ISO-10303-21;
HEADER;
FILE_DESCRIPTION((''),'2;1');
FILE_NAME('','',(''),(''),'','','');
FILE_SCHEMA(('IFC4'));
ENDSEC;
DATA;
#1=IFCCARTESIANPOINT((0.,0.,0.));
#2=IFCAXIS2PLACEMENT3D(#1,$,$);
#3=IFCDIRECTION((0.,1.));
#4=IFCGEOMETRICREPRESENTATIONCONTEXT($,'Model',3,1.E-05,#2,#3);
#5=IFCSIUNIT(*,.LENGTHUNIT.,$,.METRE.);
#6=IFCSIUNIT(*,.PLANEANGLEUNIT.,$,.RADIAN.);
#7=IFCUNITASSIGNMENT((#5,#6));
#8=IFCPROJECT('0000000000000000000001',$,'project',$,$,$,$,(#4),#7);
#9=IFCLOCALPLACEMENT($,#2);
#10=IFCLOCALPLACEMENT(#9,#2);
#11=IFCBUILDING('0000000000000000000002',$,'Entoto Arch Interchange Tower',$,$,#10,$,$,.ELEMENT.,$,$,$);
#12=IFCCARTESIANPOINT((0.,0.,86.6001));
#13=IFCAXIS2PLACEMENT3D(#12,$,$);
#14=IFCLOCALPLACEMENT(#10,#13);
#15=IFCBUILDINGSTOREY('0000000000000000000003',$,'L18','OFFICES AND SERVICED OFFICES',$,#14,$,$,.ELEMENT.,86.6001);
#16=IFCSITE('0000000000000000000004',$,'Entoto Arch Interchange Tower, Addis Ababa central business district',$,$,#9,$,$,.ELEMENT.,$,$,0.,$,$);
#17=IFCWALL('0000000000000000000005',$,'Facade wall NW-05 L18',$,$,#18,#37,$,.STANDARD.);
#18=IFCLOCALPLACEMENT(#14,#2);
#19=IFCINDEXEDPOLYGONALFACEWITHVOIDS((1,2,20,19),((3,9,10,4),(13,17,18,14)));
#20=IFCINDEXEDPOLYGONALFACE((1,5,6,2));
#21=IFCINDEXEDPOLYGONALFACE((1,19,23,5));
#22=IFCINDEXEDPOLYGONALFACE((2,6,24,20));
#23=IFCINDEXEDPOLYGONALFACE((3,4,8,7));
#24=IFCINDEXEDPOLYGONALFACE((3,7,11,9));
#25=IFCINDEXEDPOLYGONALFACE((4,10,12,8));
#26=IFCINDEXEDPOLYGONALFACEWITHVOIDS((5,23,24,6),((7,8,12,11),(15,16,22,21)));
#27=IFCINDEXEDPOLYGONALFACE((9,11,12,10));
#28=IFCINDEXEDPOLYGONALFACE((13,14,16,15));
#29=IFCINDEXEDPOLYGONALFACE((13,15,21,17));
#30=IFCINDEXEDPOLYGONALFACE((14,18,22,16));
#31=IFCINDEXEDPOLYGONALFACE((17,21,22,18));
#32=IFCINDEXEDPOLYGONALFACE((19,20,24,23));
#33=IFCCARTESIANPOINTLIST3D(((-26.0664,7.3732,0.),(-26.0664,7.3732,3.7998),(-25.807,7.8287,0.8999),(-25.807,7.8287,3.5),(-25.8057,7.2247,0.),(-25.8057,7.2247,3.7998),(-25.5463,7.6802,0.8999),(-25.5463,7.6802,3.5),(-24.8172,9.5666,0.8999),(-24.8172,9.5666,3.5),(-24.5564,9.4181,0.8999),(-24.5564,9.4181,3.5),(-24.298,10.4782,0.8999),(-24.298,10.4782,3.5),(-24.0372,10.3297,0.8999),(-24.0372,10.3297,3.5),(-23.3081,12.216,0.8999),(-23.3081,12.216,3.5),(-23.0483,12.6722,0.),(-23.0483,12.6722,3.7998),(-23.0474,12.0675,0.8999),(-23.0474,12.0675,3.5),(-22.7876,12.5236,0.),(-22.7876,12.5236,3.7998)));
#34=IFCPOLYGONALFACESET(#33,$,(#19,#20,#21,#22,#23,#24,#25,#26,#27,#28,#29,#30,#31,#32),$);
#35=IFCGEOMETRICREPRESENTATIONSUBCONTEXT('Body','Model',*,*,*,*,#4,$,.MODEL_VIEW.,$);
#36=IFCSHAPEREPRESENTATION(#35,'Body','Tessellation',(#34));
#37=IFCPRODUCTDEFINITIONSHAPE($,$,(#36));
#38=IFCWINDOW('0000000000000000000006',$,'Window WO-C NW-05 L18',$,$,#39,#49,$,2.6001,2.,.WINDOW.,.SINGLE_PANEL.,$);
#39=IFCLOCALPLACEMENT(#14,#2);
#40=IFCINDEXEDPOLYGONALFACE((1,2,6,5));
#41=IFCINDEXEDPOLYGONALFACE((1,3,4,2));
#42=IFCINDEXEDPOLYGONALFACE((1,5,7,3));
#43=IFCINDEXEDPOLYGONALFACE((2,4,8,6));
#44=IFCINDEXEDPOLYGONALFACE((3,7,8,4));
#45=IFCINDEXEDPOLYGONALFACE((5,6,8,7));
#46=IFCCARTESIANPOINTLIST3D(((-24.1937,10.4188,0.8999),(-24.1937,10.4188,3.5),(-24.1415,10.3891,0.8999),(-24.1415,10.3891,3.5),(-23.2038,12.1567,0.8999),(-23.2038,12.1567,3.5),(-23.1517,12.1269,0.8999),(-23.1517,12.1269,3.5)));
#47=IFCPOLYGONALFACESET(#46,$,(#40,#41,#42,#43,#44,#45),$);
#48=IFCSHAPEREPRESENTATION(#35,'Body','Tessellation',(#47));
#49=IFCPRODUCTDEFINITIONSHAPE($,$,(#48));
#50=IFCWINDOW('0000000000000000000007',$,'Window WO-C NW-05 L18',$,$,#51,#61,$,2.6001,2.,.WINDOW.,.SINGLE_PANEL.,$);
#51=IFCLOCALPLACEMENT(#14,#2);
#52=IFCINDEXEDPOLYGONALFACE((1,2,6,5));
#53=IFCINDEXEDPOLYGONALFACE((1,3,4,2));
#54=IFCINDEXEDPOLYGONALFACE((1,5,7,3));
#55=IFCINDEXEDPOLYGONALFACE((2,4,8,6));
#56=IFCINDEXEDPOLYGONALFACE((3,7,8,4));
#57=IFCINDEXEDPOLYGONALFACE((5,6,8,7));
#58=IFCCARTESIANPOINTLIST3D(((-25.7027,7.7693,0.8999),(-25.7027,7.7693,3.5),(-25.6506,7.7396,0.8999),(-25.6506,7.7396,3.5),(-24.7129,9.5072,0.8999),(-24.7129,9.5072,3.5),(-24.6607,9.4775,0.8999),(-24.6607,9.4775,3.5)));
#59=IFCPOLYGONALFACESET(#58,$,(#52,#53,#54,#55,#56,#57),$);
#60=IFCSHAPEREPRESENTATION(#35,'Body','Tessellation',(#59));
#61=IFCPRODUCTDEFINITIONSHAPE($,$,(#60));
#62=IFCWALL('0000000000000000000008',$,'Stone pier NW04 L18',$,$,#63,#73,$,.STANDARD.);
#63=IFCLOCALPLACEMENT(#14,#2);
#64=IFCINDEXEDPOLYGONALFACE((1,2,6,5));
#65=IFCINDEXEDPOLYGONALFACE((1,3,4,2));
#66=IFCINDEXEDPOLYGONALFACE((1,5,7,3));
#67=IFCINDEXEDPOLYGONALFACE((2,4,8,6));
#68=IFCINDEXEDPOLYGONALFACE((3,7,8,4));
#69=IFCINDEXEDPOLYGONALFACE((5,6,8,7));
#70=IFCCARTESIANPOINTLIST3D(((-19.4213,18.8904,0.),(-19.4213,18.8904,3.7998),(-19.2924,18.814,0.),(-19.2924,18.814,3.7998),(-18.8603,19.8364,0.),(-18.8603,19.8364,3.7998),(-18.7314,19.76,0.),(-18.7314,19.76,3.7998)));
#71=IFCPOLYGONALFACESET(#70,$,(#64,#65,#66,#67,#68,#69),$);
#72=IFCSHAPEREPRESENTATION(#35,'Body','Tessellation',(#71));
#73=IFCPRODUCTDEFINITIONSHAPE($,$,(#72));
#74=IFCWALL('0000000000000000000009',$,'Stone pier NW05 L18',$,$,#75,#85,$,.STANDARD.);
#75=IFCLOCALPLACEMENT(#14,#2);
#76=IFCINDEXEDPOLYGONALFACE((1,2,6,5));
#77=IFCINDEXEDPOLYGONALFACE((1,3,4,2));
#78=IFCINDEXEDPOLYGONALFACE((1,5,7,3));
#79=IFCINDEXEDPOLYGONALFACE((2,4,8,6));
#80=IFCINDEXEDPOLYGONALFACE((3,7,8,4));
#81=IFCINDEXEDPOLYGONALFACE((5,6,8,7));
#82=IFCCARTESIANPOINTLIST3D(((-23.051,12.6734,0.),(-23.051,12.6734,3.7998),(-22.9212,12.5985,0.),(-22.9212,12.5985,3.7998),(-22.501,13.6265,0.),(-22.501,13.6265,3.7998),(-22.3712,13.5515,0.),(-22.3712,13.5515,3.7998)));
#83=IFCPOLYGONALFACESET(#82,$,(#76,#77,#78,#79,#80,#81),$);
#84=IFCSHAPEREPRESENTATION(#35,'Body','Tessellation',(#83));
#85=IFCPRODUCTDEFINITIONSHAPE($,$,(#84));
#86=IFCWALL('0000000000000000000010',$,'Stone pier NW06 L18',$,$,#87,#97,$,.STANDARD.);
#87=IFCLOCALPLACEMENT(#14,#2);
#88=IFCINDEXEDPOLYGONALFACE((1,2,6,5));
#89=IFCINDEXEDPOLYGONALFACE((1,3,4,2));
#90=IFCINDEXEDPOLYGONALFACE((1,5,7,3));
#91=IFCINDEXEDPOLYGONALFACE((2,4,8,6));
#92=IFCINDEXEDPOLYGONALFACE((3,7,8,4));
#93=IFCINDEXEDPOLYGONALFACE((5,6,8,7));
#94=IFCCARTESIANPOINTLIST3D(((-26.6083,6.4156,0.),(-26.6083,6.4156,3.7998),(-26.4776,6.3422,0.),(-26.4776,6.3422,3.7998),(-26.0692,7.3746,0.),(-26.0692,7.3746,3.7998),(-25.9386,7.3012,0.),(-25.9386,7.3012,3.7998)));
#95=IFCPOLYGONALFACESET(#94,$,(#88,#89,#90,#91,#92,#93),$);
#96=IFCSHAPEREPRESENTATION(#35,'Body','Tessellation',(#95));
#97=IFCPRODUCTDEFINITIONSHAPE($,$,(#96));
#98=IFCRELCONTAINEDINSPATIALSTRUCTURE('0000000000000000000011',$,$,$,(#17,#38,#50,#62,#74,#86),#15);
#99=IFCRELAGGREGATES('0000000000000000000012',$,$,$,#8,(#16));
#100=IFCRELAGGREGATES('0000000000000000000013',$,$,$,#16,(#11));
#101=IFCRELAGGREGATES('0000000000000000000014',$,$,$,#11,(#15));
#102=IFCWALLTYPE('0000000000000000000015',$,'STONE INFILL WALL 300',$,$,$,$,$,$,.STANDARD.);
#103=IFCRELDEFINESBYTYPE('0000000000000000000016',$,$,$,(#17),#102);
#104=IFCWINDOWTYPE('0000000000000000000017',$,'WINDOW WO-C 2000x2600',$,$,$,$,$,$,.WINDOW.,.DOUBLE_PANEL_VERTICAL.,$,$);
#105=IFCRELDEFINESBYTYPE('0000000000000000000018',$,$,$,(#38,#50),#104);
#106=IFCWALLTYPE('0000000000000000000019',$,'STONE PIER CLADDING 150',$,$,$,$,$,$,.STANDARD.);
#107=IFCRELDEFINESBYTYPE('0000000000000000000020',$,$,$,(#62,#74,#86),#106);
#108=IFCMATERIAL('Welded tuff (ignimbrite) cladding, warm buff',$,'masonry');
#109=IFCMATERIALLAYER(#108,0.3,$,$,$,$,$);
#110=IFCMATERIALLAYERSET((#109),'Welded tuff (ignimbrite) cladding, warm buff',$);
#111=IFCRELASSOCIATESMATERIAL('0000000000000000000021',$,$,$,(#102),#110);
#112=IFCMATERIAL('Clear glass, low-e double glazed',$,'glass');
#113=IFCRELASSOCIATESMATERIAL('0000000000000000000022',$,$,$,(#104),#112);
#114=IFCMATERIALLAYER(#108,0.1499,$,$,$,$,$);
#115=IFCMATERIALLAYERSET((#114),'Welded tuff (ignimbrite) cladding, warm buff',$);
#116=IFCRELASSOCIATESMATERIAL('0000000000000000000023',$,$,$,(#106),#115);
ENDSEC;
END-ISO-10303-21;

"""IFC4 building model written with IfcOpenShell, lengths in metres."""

from ifc_helpers import new_model, si_unit, direction, frame, frame_2d, origin, place, context, subcontext, project, spatial, rectangle, extrude, material, layer, layer_set, type_object, element, fill, save


model = new_model("IFC4")

# Units and contexts
model_context = context("Model", 3, precision=1e-05, world=origin(), true_north=direction((0.0, 1.0)))
body_context = subcontext(model_context, "Body", "Model", "MODEL_VIEW")
ifc_project = project(units=[si_unit("LENGTHUNIT", "METRE"), si_unit("PLANEANGLEUNIT", "RADIAN")], contexts=[model_context])

# Site, building, storey
site_placement = place(None, origin())
site = spatial("IfcSite", under=ifc_project, at=site_placement, Name="Entoto Arch Interchange Tower, Addis Ababa central business district", CompositionType="ELEMENT", RefElevation=0.0)
building_placement = place(site_placement, origin())
building = spatial("IfcBuilding", under=site, at=building_placement, Name="Entoto Arch Interchange Tower", CompositionType="ELEMENT")
storey_placement = place(building_placement, frame((0.0, 0.0, 86.6001)))
storey = spatial("IfcBuildingStorey", under=building, at=storey_placement, Name="L18", Description="OFFICES AND SERVICED OFFICES", CompositionType="ELEMENT", Elevation=86.6001)

# Shared definitions
ifc_material_1 = material(Name="Welded tuff (ignimbrite) cladding, warm buff", Category="masonry")
ifc_layer_1 = layer(ifc_material_1, 0.3)
ifc_layer_set_1 = layer_set([ifc_layer_1], Name="Welded tuff (ignimbrite) cladding, warm buff")
wall_type_1 = type_object("IfcWallType", Name="STONE INFILL WALL 300", PredefinedType="STANDARD", material=ifc_layer_set_1)
ifc_material_2 = material(Name="Clear glass, low-e double glazed", Category="glass")
window_type = type_object("IfcWindowType", Name="WINDOW WO-C 2000x2600", PartitioningType="DOUBLE_PANEL_VERTICAL", PredefinedType="WINDOW", material=ifc_material_2)

# Wall, openings, windows
wall_1_placement = place(storey_placement, frame((-22.918, 12.5979, 0.0), z_axis=(0.0, 0.0, 1.0), x_axis=(-0.494923, -0.868937, 0.0)))
wall_1 = element("IfcWall", 1, at=wall_1_placement, inside=storey, type_object=wall_type_1, Name="Facade wall NW-05 L18", PredefinedType="STANDARD", context=body_context, shape_type="SweptSolid", body=[
    extrude(rectangle(XDim=6.0981, YDim=0.3, at=frame_2d((3.0491, 0.0))), origin(), (0.0, 0.0, 1.0), 3.7998),
])
opening_1_placement = place(wall_1_placement, frame((0.5249, 0.0, 0.8999)))
opening_1 = element("IfcOpeningElement", 2, at=opening_1_placement, cuts=wall_1, PredefinedType="OPENING", context=body_context, shape_type="SweptSolid", body=[
    extrude(rectangle(XDim=2.0, YDim=2.6001, at=frame_2d((1.0, 1.3))), frame((0.0, 0.1602, 0.0), z_axis=(0.0, -1.0, 0.0), x_axis=(1.0, 0.0, 0.0)), (0.0, 0.0, 1.0), 0.3201),
])
opening_2_placement = place(wall_1_placement, frame((3.574, 0.0, 0.8999)))
opening_2 = element("IfcOpeningElement", 3, at=opening_2_placement, cuts=wall_1, PredefinedType="OPENING", context=body_context, shape_type="SweptSolid", body=[
    extrude(rectangle(XDim=2.0, YDim=2.6001, at=frame_2d((1.0, 1.3))), frame((0.0, 0.1602, 0.0), z_axis=(0.0, -1.0, 0.0), x_axis=(1.0, 0.0, 0.0)), (0.0, 0.0, 1.0), 0.3201),
])
window_1_placement = place(opening_1_placement, origin())
window_1 = element("IfcWindow", 4, at=window_1_placement, inside=storey, type_object=window_type, Name="Window WO-C NW-05 L18", OverallHeight=2.6001, OverallWidth=2.0, PartitioningType="SINGLE_PANEL", PredefinedType="WINDOW", context=body_context, shape_type="SweptSolid", body=[
    extrude(rectangle(XDim=2.0, YDim=2.6001, at=frame_2d((1.0, 1.3))), frame((0.0, 0.03, 0.0), z_axis=(0.0, -1.0, 0.0), x_axis=(1.0, 0.0, 0.0)), (0.0, 0.0, 1.0), 0.0601),
])
fill(opening_1, window_1)
window_2_placement = place(opening_2_placement, origin())
window_2 = element("IfcWindow", 5, at=window_2_placement, inside=storey, type_object=window_type, Name="Window WO-C NW-05 L18", OverallHeight=2.6001, OverallWidth=2.0, PartitioningType="SINGLE_PANEL", PredefinedType="WINDOW", context=body_context, shape_type="SweptSolid", body=[
    extrude(rectangle(XDim=2.0, YDim=2.6001, at=frame_2d((1.0, 1.3))), frame((0.0, 0.03, 0.0), z_axis=(0.0, -1.0, 0.0), x_axis=(1.0, 0.0, 0.0)), (0.0, 0.0, 1.0), 0.0601),
])
fill(opening_2, window_2)

# Walls
ifc_layer_2 = layer(ifc_material_1, 0.1499)
ifc_layer_set_2 = layer_set([ifc_layer_2], Name="Welded tuff (ignimbrite) cladding, warm buff")
wall_type_2 = type_object("IfcWallType", Name="STONE PIER CLADDING 150", PredefinedType="STANDARD", material=ifc_layer_set_2)
wall_2_placement = place(storey_placement, frame((-18.7959, 19.7981, 0.0), z_axis=(0.0, 0.0, 1.0), x_axis=(-0.510082, -0.860126, 0.0)))
element("IfcWall", 6, at=wall_2_placement, inside=storey, type_object=wall_type_2, Name="Stone pier NW04 L18", PredefinedType="STANDARD", context=body_context, shape_type="SweptSolid", body=[
    extrude(rectangle(XDim=1.0999, YDim=0.1499, at=frame_2d((0.5498, 0.0))), origin(), (0.0, 0.0, 1.0), 3.7998),
])
wall_3_placement = place(storey_placement, frame((-22.436, 13.5891, 0.0), z_axis=(0.0, 0.0, 1.0), x_axis=(-0.499838, -0.866119, 0.0)))
element("IfcWall", 7, at=wall_3_placement, inside=storey, type_object=wall_type_2, Name="Stone pier NW05 L18", PredefinedType="STANDARD", context=body_context, shape_type="SweptSolid", body=[
    extrude(rectangle(XDim=1.1003, YDim=0.1499, at=frame_2d((0.5503, 0.0))), origin(), (0.0, 0.0, 1.0), 3.7998),
])
wall_4_placement = place(storey_placement, frame((-26.0039, 7.3379, 0.0), z_axis=(0.0, 0.0, 1.0), x_axis=(-0.490008, -0.871718, 0.0)))
element("IfcWall", 8, at=wall_4_placement, inside=storey, type_object=wall_type_2, Name="Stone pier NW06 L18", PredefinedType="STANDARD", context=body_context, shape_type="SweptSolid", body=[
    extrude(rectangle(XDim=1.1001, YDim=0.1499, at=frame_2d((0.55, 0.0))), origin(), (0.0, 0.0, 1.0), 3.7998),
])

save(model, "model.ifc")
